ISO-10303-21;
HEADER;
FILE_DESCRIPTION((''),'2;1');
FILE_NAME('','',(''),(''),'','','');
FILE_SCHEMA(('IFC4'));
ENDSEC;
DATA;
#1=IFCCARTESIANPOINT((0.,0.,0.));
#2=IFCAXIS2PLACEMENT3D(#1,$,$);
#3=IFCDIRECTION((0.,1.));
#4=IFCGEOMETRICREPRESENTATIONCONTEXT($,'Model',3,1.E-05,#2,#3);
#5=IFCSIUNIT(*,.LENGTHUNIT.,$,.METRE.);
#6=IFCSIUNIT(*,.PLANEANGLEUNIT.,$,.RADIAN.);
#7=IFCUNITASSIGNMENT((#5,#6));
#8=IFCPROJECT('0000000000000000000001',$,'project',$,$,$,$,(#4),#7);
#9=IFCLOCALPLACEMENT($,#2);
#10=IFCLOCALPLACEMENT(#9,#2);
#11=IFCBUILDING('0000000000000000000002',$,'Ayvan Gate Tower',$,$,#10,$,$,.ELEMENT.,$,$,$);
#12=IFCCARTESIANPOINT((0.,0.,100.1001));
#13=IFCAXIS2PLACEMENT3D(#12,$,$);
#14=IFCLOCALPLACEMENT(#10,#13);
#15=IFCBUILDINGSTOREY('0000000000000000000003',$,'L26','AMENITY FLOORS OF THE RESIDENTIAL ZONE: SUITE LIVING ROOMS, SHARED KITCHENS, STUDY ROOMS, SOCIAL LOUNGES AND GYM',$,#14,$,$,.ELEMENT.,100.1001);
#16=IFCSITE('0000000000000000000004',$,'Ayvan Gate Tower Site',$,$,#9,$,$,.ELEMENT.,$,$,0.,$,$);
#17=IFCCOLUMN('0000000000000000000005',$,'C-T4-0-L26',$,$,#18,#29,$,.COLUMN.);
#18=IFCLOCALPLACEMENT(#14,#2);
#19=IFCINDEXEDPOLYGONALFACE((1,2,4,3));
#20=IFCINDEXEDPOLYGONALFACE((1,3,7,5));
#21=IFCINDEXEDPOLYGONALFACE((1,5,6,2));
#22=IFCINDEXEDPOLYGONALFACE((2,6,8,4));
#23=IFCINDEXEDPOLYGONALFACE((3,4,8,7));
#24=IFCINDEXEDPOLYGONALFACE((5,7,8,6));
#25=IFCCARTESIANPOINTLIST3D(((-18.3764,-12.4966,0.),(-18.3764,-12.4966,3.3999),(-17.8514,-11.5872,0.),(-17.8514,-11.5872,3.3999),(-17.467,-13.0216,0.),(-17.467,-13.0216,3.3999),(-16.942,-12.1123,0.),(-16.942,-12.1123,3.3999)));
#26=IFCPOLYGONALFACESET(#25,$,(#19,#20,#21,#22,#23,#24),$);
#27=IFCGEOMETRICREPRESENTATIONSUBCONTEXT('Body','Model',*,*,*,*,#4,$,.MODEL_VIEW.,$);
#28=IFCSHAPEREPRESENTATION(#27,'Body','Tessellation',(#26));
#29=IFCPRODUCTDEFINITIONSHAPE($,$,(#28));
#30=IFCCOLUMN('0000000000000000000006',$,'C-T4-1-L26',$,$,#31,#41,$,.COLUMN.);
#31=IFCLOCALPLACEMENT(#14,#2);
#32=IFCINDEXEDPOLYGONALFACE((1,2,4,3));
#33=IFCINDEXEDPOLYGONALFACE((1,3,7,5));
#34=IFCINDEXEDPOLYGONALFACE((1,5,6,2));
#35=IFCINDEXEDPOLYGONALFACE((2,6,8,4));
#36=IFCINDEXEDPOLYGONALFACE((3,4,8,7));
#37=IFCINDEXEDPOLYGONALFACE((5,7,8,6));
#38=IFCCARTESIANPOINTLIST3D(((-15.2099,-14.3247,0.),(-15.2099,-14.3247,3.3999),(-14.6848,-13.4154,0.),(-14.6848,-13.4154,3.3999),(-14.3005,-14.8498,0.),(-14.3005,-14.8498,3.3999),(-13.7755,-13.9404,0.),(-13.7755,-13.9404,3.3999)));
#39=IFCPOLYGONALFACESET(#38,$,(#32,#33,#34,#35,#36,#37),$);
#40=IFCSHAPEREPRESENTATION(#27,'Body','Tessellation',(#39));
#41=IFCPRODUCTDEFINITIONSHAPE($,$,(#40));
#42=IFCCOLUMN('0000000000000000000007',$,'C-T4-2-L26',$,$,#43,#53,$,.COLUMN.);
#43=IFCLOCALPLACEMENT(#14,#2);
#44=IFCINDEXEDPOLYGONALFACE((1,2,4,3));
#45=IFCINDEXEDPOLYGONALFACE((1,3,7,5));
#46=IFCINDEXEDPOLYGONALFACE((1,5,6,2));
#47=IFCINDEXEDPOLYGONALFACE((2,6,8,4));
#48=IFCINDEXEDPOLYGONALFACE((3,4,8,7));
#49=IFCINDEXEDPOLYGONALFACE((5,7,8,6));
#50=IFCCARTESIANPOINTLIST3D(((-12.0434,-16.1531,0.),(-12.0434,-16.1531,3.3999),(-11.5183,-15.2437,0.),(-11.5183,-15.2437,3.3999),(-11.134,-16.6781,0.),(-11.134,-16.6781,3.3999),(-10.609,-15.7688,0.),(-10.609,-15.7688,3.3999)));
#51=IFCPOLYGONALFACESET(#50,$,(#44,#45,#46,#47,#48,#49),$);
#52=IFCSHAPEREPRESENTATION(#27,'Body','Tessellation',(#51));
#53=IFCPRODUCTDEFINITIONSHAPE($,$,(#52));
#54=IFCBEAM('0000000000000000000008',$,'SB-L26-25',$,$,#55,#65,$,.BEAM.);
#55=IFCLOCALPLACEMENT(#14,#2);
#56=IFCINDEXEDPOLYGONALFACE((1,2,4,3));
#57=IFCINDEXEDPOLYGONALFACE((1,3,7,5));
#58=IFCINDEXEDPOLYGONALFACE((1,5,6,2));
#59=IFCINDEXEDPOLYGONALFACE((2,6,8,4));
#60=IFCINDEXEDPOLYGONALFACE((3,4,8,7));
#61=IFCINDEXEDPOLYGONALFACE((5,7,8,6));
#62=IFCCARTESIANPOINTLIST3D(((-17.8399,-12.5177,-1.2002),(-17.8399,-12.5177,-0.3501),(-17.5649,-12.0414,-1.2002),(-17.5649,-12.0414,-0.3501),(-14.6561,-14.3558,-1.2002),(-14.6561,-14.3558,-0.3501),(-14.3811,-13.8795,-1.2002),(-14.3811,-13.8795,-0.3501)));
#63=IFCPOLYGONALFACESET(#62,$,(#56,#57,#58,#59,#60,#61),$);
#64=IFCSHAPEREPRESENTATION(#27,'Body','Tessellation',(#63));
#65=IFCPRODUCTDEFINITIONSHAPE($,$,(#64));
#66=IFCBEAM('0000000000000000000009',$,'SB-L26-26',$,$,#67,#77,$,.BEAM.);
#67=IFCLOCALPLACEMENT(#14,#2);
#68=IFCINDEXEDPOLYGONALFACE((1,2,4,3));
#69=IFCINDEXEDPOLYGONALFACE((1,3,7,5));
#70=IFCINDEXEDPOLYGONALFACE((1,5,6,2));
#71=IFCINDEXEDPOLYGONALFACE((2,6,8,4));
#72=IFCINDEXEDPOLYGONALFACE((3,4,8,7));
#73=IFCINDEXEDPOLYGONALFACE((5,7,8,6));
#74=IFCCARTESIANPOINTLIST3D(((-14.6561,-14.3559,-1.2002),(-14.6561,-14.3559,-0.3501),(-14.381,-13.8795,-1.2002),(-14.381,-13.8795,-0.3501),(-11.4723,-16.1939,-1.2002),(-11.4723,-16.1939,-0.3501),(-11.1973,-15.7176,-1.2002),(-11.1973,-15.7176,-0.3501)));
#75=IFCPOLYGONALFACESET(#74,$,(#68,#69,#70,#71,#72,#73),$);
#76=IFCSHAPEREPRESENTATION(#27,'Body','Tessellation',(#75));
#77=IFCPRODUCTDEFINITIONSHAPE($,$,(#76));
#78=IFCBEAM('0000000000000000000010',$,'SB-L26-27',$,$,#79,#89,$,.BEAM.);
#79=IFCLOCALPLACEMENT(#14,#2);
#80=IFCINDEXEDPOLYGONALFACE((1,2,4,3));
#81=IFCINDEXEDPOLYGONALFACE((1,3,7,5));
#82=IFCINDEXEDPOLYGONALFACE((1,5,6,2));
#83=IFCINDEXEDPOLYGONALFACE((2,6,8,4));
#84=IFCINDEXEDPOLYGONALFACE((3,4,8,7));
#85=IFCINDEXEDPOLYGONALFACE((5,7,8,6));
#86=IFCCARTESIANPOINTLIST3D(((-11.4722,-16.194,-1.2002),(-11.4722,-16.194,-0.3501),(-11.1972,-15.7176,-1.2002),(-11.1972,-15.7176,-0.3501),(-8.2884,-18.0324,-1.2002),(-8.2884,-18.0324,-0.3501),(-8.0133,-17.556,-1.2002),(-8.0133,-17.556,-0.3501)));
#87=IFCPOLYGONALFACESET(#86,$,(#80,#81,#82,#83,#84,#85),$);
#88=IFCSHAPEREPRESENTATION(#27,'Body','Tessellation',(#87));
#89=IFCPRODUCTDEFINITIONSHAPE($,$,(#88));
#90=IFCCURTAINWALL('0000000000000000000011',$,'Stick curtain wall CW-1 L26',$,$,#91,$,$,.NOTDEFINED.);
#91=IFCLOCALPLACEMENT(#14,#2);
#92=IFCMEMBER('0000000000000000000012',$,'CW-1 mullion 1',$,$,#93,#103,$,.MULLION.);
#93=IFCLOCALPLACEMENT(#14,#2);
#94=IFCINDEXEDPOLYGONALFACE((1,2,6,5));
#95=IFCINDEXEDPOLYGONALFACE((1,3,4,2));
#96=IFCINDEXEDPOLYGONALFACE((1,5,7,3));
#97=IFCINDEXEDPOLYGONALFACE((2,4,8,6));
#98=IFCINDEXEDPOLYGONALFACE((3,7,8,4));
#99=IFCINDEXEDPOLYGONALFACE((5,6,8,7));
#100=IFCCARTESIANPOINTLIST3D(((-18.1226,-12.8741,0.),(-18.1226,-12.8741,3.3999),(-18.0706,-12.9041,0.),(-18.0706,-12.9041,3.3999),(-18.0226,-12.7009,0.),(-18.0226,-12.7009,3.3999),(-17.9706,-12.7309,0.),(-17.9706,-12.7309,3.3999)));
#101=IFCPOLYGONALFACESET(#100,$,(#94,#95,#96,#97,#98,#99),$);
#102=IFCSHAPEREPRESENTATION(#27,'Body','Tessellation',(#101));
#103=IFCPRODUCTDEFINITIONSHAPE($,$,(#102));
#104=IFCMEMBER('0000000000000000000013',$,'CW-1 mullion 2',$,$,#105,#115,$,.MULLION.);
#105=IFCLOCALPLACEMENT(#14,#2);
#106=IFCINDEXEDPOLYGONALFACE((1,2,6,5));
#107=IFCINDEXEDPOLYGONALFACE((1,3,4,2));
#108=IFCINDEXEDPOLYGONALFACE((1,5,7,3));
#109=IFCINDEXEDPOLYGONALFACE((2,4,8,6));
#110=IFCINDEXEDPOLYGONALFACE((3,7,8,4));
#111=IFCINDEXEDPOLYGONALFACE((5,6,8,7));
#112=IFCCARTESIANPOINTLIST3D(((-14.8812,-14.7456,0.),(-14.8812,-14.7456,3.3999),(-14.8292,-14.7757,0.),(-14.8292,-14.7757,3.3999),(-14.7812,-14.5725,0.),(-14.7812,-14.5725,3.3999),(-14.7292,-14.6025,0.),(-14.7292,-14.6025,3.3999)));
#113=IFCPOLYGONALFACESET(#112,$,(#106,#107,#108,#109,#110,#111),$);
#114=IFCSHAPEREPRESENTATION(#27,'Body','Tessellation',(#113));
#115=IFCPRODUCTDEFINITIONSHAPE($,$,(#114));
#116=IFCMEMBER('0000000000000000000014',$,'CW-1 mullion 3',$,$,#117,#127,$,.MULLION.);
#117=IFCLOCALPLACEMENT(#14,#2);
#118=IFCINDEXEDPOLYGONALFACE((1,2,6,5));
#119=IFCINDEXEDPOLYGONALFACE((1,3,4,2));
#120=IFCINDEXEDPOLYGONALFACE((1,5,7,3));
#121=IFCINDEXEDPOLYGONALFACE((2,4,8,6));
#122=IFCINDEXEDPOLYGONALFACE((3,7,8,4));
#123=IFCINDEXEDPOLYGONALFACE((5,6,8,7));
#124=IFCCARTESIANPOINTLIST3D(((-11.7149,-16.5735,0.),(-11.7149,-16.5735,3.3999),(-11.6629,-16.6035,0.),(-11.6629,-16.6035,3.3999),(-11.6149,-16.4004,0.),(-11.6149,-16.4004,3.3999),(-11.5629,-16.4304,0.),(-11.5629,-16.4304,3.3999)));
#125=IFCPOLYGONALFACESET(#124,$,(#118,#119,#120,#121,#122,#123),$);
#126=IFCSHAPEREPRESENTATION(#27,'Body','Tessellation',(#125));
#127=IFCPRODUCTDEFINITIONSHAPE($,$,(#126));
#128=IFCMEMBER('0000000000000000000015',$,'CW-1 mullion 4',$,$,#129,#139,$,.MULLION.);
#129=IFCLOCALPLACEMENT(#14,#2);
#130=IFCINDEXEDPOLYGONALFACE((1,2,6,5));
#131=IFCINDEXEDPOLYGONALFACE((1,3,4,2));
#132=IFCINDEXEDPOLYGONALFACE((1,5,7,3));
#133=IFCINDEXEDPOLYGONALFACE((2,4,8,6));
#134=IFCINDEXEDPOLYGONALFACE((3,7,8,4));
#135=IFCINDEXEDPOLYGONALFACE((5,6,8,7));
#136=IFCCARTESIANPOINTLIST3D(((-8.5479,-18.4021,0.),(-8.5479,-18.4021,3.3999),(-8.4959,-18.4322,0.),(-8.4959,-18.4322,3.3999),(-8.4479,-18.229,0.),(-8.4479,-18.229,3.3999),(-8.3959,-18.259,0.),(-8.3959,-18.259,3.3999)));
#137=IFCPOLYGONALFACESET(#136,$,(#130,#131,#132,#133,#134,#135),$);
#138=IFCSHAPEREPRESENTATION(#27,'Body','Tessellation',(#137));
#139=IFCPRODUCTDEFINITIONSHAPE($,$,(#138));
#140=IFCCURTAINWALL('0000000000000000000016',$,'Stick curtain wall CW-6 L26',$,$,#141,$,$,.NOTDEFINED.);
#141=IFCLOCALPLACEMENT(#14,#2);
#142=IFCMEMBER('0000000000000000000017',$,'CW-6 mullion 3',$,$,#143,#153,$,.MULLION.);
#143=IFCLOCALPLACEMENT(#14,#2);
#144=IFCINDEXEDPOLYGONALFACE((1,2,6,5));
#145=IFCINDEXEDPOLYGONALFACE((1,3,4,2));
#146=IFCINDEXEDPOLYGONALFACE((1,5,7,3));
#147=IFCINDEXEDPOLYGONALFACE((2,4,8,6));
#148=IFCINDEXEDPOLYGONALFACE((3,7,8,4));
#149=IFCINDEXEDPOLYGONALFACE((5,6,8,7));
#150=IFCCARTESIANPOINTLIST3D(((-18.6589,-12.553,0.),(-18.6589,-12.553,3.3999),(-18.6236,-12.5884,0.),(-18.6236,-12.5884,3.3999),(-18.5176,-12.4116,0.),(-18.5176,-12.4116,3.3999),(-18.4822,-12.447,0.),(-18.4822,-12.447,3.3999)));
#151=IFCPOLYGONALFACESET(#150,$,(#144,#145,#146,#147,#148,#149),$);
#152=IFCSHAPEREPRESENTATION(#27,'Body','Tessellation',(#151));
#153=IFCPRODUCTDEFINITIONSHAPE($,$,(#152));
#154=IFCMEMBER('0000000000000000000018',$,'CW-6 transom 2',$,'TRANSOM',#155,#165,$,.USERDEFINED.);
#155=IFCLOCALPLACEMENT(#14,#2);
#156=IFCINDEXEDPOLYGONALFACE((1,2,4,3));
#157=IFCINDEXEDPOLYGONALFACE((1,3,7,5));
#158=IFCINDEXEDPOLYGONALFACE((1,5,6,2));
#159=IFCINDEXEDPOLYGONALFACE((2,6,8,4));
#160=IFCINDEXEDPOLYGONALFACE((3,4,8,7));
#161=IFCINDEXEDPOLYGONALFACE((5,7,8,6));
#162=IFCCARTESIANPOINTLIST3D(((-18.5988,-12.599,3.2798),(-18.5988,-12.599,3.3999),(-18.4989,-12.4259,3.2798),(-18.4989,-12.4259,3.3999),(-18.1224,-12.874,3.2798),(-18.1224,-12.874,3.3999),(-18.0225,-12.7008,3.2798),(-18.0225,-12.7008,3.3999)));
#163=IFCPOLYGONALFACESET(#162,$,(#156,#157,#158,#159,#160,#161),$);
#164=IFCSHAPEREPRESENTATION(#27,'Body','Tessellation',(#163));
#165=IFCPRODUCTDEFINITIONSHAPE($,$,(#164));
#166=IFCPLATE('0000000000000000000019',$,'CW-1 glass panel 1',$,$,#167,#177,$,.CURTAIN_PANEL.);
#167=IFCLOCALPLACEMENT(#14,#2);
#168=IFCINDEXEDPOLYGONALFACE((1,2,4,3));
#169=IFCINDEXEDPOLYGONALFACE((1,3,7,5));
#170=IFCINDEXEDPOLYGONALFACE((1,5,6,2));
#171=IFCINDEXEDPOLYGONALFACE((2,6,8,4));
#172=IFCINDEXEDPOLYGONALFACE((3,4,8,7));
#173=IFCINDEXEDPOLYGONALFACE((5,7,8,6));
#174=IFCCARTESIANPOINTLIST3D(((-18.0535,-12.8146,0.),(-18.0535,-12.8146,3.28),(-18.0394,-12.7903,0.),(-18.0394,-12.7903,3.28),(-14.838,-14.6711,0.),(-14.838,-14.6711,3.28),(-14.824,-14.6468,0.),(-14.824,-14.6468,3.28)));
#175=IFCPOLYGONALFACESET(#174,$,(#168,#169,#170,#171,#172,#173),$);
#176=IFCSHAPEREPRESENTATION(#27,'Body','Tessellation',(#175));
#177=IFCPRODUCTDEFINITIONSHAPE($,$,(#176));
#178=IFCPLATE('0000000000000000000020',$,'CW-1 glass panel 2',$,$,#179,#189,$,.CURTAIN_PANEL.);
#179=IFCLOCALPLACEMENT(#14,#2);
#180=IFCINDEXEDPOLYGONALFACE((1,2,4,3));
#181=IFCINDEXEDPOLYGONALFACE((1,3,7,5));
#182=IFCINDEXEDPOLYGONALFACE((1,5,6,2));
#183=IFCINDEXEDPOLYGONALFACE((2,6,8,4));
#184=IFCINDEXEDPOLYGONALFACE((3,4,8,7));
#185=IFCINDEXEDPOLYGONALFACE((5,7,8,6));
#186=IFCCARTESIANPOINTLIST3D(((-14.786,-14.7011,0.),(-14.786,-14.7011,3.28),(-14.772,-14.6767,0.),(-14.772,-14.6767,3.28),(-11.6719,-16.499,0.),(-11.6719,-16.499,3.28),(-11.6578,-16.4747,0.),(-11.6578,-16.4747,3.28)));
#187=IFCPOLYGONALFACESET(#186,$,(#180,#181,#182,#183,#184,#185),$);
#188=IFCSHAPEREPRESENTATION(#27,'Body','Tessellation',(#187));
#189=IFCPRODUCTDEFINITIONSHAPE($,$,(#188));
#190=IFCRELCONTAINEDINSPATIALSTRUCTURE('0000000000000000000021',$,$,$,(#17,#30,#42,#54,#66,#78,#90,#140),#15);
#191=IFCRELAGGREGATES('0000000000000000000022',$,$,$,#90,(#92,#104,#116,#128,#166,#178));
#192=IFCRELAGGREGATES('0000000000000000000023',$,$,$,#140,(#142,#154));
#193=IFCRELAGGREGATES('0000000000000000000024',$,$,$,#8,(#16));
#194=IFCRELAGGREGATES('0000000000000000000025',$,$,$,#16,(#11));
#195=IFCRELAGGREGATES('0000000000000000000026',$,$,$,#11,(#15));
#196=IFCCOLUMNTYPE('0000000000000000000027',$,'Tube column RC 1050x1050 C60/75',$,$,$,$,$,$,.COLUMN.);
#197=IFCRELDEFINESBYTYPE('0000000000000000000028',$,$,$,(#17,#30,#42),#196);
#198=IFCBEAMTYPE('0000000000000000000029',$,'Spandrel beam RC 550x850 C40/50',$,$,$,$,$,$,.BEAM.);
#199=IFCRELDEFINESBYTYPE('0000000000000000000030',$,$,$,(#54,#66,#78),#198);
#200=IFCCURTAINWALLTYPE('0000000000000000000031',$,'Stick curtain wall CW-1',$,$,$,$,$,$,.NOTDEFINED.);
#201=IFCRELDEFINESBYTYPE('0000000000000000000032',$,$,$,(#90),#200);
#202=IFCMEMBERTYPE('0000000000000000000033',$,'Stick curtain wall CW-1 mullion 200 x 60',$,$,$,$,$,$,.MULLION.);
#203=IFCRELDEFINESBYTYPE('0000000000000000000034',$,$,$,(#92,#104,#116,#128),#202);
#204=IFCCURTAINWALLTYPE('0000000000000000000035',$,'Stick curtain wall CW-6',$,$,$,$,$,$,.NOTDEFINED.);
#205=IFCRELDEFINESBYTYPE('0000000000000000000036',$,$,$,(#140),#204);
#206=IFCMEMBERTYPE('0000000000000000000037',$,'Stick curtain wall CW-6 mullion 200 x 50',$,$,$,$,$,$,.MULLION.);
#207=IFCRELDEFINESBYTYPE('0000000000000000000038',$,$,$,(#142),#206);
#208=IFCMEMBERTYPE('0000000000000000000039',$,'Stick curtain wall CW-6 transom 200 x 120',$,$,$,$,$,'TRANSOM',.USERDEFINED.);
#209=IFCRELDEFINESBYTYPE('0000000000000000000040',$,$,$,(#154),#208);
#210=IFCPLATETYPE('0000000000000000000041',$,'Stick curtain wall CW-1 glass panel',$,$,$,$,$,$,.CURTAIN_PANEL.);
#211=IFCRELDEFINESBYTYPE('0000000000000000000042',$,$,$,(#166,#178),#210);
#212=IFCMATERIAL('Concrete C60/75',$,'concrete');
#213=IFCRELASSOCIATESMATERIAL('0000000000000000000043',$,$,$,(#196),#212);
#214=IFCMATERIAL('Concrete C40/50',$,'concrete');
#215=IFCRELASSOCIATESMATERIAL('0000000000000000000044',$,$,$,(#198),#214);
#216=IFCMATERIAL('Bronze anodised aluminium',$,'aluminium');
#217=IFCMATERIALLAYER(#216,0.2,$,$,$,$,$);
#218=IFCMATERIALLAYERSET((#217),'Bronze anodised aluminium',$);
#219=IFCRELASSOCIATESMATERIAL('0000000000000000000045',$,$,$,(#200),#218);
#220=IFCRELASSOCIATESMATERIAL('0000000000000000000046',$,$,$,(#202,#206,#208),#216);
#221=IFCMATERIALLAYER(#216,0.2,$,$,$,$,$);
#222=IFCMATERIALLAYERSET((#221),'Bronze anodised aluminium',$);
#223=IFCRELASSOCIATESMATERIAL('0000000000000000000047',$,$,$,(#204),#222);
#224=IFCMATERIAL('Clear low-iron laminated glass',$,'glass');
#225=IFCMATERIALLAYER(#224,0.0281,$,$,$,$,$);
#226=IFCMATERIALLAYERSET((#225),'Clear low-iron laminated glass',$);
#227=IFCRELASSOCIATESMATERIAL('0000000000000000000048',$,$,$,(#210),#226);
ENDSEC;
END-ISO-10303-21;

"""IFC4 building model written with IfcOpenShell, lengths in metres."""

from ifc_helpers import new_model, si_unit, direction, frame, origin, origin_2d, place, context, subcontext, project, spatial, rectangle, extrude, material, layer, layer_set, material_profile, profile_set, type_object, element, aggregate, save


model = new_model("IFC4")

# Units and contexts
model_context = context("Model", 3, precision=1e-05, world=origin(), true_north=direction((0.0, 1.0)))
body_context = subcontext(model_context, "Body", "Model", "MODEL_VIEW")
ifc_project = project(units=[si_unit("LENGTHUNIT", "METRE"), si_unit("PLANEANGLEUNIT", "RADIAN")], contexts=[model_context])

# Site, building, storey
site_placement = place(None, origin())
site = spatial("IfcSite", under=ifc_project, at=site_placement, Name="Ayvan Gate Tower Site", CompositionType="ELEMENT", RefElevation=0.0)
building_placement = place(site_placement, origin())
building = spatial("IfcBuilding", under=site, at=building_placement, Name="Ayvan Gate Tower", CompositionType="ELEMENT")
storey_placement = place(building_placement, frame((0.0, 0.0, 100.1001)))
storey = spatial("IfcBuildingStorey", under=building, at=storey_placement, Name="L26", Description="AMENITY FLOORS OF THE RESIDENTIAL ZONE: SUITE LIVING ROOMS, SHARED KITCHENS, STUDY ROOMS, SOCIAL LOUNGES AND GYM", CompositionType="ELEMENT", Elevation=100.1001)

# Columns
ifc_material_1 = material(Name="Concrete C60/75", Category="concrete")
ifc_material_profile_1 = material_profile(ifc_material_1, rectangle(XDim=1.05, YDim=1.05, at=origin_2d()), Name="RC 1050x1050")
ifc_profile_set_1 = profile_set([ifc_material_profile_1], Name="Concrete C60/75")
column_type = type_object("IfcColumnType", Name="Tube column RC 1050x1050 C60/75", PredefinedType="COLUMN", material=ifc_profile_set_1)
for number, where, z_axis, x_axis, name in (
    (1, (-17.6592, -12.3044, 0.0), (0.0, 0.0, 1.0), (-0.5, -0.866025, 0.0), "C-T4-0-L26"),
    (2, (-14.4927, -14.1326, 0.0), (0.0, 0.0, 1.0), (-0.5, -0.866025, 0.0), "C-T4-1-L26"),
    (3, (-11.3262, -15.9609, 0.0), (0.0, 0.0, 1.0), (-0.5, -0.866025, 0.0), "C-T4-2-L26"),
):
    element("IfcColumn", number, at=place(storey_placement, frame(where, z_axis=z_axis, x_axis=x_axis)), inside=storey, type_object=column_type, Name=name, PredefinedType="COLUMN", context=body_context, shape_type="SweptSolid", body=[
        extrude(rectangle(XDim=1.05, YDim=1.05, at=origin_2d()), origin(), (0.0, 0.0, 1.0), 3.3999),
    ])

# Beams
ifc_material_2 = material(Name="Concrete C40/50", Category="concrete")
ifc_material_profile_2 = material_profile(ifc_material_2, rectangle(XDim=0.55, YDim=0.8501, at=origin_2d()), Name="RC 550x850")
ifc_profile_set_2 = profile_set([ifc_material_profile_2], Name="Concrete C40/50")
beam_type = type_object("IfcBeamType", Name="Spandrel beam RC 550x850 C40/50", PredefinedType="BEAM", material=ifc_profile_set_2)
for number, where, z_axis, x_axis, name in (
    (4, (-17.7024, -12.2795, -0.7751), (0.866032, -0.499989, 0.0), (0.499989, 0.866032, 0.0), "SB-L26-25"),
    (5, (-14.5186, -14.1177, -0.7751), (0.866032, -0.499989, 0.0), (0.499989, 0.866032, 0.0), "SB-L26-26"),
):
    element("IfcBeam", number, at=place(storey_placement, frame(where, z_axis=z_axis, x_axis=x_axis)), inside=storey, type_object=beam_type, Name=name, PredefinedType="BEAM", context=body_context, shape_type="SweptSolid", body=[
        extrude(rectangle(XDim=0.55, YDim=0.8501, at=origin_2d()), origin(), (0.0, 0.0, 1.0), 3.6763),
    ])
beam_placement = place(storey_placement, frame((-11.3347, -15.9558, -0.7751), z_axis=(0.866003, -0.500039, 0.0), x_axis=(0.500039, 0.866003, 0.0)))
element("IfcBeam", 6, at=beam_placement, inside=storey, type_object=beam_type, Name="SB-L26-27", PredefinedType="BEAM", context=body_context, shape_type="SweptSolid", body=[
    extrude(rectangle(XDim=0.55, YDim=0.8501, at=origin_2d()), origin(), (0.0, 0.0, 1.0), 3.6765),
])

# Curtain walls, members
ifc_material_3 = material(Name="Bronze anodised aluminium", Category="aluminium")
ifc_layer_1 = layer(ifc_material_3, 0.2)
ifc_layer_set_1 = layer_set([ifc_layer_1], Name="Bronze anodised aluminium")
curtain_wall_type_1 = type_object("IfcCurtainWallType", Name="Stick curtain wall CW-1", PredefinedType="NOTDEFINED", material=ifc_layer_set_1)
curtain_wall_1_placement = place(storey_placement, origin())
curtain_wall_1 = element("IfcCurtainWall", 7, at=curtain_wall_1_placement, inside=storey, type_object=curtain_wall_type_1, Name="Stick curtain wall CW-1 L26", PredefinedType="NOTDEFINED")
ifc_material_profile_3 = material_profile(ifc_material_3, rectangle(XDim=0.2, YDim=0.0601, at=origin_2d()), Name="Stick curtain wall CW-1 mullion 200 x 60")
ifc_profile_set_3 = profile_set([ifc_material_profile_3], Name="Bronze anodised aluminium")
member_type_1 = type_object("IfcMemberType", Name="Stick curtain wall CW-1 mullion 200 x 60", PredefinedType="MULLION", material=ifc_profile_set_3)
member_1_placement = place(storey_placement, frame((-18.0466, -12.8025, 0.0), z_axis=(0.0, 0.0, 1.0), x_axis=(-0.5, -0.866025, 0.0)))
member_1 = element("IfcMember", 8, at=member_1_placement, type_object=member_type_1, Name="CW-1 mullion 1", PredefinedType="MULLION", context=body_context, shape_type="SweptSolid", body=[
    extrude(rectangle(XDim=0.2, YDim=0.0601, at=origin_2d()), origin(), (0.0, 0.0, 1.0), 3.3999),
])
member_2_placement = place(storey_placement, frame((-14.8052, -14.6741, 0.0), z_axis=(0.0, 0.0, 1.0), x_axis=(-0.5, -0.866025, 0.0)))
member_2 = element("IfcMember", 9, at=member_2_placement, type_object=member_type_1, Name="CW-1 mullion 2", PredefinedType="MULLION", context=body_context, shape_type="SweptSolid", body=[
    extrude(rectangle(XDim=0.2, YDim=0.0601, at=origin_2d()), origin(), (0.0, 0.0, 1.0), 3.3999),
])
member_3_placement = place(storey_placement, frame((-11.6389, -16.502, 0.0), z_axis=(0.0, 0.0, 1.0), x_axis=(-0.5, -0.866025, 0.0)))
member_3 = element("IfcMember", 10, at=member_3_placement, type_object=member_type_1, Name="CW-1 mullion 3", PredefinedType="MULLION", context=body_context, shape_type="SweptSolid", body=[
    extrude(rectangle(XDim=0.2, YDim=0.0601, at=origin_2d()), origin(), (0.0, 0.0, 1.0), 3.3999),
])
member_4_placement = place(storey_placement, frame((-8.4719, -18.3306, 0.0), z_axis=(0.0, 0.0, 1.0), x_axis=(-0.5, -0.866025, 0.0)))
member_4 = element("IfcMember", 11, at=member_4_placement, type_object=member_type_1, Name="CW-1 mullion 4", PredefinedType="MULLION", context=body_context, shape_type="SweptSolid", body=[
    extrude(rectangle(XDim=0.2, YDim=0.0601, at=origin_2d()), origin(), (0.0, 0.0, 1.0), 3.3999),
])
ifc_layer_2 = layer(ifc_material_3, 0.2)
ifc_layer_set_2 = layer_set([ifc_layer_2], Name="Bronze anodised aluminium")
curtain_wall_type_2 = type_object("IfcCurtainWallType", Name="Stick curtain wall CW-6", PredefinedType="NOTDEFINED", material=ifc_layer_set_2)
curtain_wall_2_placement = place(storey_placement, origin())
curtain_wall_2 = element("IfcCurtainWall", 12, at=curtain_wall_2_placement, inside=storey, type_object=curtain_wall_type_2, Name="Stick curtain wall CW-6 L26", PredefinedType="NOTDEFINED")
ifc_material_profile_4 = material_profile(ifc_material_3, rectangle(XDim=0.2, YDim=0.05, at=origin_2d()), Name="Stick curtain wall CW-6 mullion 200 x 50")
ifc_profile_set_4 = profile_set([ifc_material_profile_4], Name="Bronze anodised aluminium")
member_type_2 = type_object("IfcMemberType", Name="Stick curtain wall CW-6 mullion 200 x 50", PredefinedType="MULLION", material=ifc_profile_set_4)
member_5_placement = place(storey_placement, frame((-18.5706, -12.5, 0.0), z_axis=(0.0, 0.0, 1.0), x_axis=(-0.707107, -0.707107, 0.0)))
member_5 = element("IfcMember", 13, at=member_5_placement, type_object=member_type_2, Name="CW-6 mullion 3", PredefinedType="MULLION", context=body_context, shape_type="SweptSolid", body=[
    extrude(rectangle(XDim=0.2, YDim=0.05, at=origin_2d()), origin(), (0.0, 0.0, 1.0), 3.3999),
])
ifc_material_profile_5 = material_profile(ifc_material_3, rectangle(XDim=0.2, YDim=0.1201, at=origin_2d()), Name="Stick curtain wall CW-6 transom 200 x 120")
ifc_profile_set_5 = profile_set([ifc_material_profile_5], Name="Bronze anodised aluminium")
member_type_3 = type_object("IfcMemberType", Name="Stick curtain wall CW-6 transom 200 x 120", ElementType="TRANSOM", PredefinedType="USERDEFINED", material=ifc_profile_set_5)
member_6_placement = place(storey_placement, frame((-18.5488, -12.5125, 3.3398), z_axis=(0.866104, -0.499863, 0.0), x_axis=(0.499863, 0.866104, 0.0)))
member_6 = element("IfcMember", 14, at=member_6_placement, type_object=member_type_3, Name="CW-6 transom 2", ObjectType="TRANSOM", PredefinedType="USERDEFINED", context=body_context, shape_type="SweptSolid", body=[
    extrude(rectangle(XDim=0.2, YDim=0.1201, at=origin_2d()), origin(), (0.0, 0.0, 1.0), 0.55),
])

# Plates
ifc_material_4 = material(Name="Clear low-iron laminated glass", Category="glass")
ifc_layer_3 = layer(ifc_material_4, 0.0281)
ifc_layer_set_3 = layer_set([ifc_layer_3], Name="Clear low-iron laminated glass")
plate_type_1 = type_object("IfcPlateType", Name="Stick curtain wall CW-1 glass panel", PredefinedType="CURTAIN_PANEL", material=ifc_layer_set_3)
plate_1_placement = place(storey_placement, frame((-16.4387, -13.7307, 0.0), z_axis=(0.0, 0.0, 1.0), x_axis=(0.866025, -0.5, 0.0)))
plate_1 = element("IfcPlate", 15, at=plate_1_placement, type_object=plate_type_1, Name="CW-1 glass panel 1", PredefinedType="CURTAIN_PANEL", context=body_context, shape_type="SweptSolid", body=[
    extrude(rectangle(XDim=3.7129, YDim=0.0281, at=origin_2d()), origin(), (0.0, 0.0, 1.0), 3.28),
])
plate_2_placement = place(storey_placement, frame((-13.2219, -15.5879, 0.0), z_axis=(0.0, 0.0, 1.0), x_axis=(0.866025, -0.5, 0.0)))
plate_2 = element("IfcPlate", 16, at=plate_2_placement, type_object=plate_type_1, Name="CW-1 glass panel 2", PredefinedType="CURTAIN_PANEL", context=body_context, shape_type="SweptSolid", body=[
    extrude(rectangle(XDim=3.5959, YDim=0.0281, at=origin_2d()), origin(), (0.0, 0.0, 1.0), 3.28),
])
aggregate(curtain_wall_1, [member_1, member_2, member_3, member_4, plate_1, plate_2])
aggregate(curtain_wall_2, [member_5, member_6])

save(model, "model.ifc")
